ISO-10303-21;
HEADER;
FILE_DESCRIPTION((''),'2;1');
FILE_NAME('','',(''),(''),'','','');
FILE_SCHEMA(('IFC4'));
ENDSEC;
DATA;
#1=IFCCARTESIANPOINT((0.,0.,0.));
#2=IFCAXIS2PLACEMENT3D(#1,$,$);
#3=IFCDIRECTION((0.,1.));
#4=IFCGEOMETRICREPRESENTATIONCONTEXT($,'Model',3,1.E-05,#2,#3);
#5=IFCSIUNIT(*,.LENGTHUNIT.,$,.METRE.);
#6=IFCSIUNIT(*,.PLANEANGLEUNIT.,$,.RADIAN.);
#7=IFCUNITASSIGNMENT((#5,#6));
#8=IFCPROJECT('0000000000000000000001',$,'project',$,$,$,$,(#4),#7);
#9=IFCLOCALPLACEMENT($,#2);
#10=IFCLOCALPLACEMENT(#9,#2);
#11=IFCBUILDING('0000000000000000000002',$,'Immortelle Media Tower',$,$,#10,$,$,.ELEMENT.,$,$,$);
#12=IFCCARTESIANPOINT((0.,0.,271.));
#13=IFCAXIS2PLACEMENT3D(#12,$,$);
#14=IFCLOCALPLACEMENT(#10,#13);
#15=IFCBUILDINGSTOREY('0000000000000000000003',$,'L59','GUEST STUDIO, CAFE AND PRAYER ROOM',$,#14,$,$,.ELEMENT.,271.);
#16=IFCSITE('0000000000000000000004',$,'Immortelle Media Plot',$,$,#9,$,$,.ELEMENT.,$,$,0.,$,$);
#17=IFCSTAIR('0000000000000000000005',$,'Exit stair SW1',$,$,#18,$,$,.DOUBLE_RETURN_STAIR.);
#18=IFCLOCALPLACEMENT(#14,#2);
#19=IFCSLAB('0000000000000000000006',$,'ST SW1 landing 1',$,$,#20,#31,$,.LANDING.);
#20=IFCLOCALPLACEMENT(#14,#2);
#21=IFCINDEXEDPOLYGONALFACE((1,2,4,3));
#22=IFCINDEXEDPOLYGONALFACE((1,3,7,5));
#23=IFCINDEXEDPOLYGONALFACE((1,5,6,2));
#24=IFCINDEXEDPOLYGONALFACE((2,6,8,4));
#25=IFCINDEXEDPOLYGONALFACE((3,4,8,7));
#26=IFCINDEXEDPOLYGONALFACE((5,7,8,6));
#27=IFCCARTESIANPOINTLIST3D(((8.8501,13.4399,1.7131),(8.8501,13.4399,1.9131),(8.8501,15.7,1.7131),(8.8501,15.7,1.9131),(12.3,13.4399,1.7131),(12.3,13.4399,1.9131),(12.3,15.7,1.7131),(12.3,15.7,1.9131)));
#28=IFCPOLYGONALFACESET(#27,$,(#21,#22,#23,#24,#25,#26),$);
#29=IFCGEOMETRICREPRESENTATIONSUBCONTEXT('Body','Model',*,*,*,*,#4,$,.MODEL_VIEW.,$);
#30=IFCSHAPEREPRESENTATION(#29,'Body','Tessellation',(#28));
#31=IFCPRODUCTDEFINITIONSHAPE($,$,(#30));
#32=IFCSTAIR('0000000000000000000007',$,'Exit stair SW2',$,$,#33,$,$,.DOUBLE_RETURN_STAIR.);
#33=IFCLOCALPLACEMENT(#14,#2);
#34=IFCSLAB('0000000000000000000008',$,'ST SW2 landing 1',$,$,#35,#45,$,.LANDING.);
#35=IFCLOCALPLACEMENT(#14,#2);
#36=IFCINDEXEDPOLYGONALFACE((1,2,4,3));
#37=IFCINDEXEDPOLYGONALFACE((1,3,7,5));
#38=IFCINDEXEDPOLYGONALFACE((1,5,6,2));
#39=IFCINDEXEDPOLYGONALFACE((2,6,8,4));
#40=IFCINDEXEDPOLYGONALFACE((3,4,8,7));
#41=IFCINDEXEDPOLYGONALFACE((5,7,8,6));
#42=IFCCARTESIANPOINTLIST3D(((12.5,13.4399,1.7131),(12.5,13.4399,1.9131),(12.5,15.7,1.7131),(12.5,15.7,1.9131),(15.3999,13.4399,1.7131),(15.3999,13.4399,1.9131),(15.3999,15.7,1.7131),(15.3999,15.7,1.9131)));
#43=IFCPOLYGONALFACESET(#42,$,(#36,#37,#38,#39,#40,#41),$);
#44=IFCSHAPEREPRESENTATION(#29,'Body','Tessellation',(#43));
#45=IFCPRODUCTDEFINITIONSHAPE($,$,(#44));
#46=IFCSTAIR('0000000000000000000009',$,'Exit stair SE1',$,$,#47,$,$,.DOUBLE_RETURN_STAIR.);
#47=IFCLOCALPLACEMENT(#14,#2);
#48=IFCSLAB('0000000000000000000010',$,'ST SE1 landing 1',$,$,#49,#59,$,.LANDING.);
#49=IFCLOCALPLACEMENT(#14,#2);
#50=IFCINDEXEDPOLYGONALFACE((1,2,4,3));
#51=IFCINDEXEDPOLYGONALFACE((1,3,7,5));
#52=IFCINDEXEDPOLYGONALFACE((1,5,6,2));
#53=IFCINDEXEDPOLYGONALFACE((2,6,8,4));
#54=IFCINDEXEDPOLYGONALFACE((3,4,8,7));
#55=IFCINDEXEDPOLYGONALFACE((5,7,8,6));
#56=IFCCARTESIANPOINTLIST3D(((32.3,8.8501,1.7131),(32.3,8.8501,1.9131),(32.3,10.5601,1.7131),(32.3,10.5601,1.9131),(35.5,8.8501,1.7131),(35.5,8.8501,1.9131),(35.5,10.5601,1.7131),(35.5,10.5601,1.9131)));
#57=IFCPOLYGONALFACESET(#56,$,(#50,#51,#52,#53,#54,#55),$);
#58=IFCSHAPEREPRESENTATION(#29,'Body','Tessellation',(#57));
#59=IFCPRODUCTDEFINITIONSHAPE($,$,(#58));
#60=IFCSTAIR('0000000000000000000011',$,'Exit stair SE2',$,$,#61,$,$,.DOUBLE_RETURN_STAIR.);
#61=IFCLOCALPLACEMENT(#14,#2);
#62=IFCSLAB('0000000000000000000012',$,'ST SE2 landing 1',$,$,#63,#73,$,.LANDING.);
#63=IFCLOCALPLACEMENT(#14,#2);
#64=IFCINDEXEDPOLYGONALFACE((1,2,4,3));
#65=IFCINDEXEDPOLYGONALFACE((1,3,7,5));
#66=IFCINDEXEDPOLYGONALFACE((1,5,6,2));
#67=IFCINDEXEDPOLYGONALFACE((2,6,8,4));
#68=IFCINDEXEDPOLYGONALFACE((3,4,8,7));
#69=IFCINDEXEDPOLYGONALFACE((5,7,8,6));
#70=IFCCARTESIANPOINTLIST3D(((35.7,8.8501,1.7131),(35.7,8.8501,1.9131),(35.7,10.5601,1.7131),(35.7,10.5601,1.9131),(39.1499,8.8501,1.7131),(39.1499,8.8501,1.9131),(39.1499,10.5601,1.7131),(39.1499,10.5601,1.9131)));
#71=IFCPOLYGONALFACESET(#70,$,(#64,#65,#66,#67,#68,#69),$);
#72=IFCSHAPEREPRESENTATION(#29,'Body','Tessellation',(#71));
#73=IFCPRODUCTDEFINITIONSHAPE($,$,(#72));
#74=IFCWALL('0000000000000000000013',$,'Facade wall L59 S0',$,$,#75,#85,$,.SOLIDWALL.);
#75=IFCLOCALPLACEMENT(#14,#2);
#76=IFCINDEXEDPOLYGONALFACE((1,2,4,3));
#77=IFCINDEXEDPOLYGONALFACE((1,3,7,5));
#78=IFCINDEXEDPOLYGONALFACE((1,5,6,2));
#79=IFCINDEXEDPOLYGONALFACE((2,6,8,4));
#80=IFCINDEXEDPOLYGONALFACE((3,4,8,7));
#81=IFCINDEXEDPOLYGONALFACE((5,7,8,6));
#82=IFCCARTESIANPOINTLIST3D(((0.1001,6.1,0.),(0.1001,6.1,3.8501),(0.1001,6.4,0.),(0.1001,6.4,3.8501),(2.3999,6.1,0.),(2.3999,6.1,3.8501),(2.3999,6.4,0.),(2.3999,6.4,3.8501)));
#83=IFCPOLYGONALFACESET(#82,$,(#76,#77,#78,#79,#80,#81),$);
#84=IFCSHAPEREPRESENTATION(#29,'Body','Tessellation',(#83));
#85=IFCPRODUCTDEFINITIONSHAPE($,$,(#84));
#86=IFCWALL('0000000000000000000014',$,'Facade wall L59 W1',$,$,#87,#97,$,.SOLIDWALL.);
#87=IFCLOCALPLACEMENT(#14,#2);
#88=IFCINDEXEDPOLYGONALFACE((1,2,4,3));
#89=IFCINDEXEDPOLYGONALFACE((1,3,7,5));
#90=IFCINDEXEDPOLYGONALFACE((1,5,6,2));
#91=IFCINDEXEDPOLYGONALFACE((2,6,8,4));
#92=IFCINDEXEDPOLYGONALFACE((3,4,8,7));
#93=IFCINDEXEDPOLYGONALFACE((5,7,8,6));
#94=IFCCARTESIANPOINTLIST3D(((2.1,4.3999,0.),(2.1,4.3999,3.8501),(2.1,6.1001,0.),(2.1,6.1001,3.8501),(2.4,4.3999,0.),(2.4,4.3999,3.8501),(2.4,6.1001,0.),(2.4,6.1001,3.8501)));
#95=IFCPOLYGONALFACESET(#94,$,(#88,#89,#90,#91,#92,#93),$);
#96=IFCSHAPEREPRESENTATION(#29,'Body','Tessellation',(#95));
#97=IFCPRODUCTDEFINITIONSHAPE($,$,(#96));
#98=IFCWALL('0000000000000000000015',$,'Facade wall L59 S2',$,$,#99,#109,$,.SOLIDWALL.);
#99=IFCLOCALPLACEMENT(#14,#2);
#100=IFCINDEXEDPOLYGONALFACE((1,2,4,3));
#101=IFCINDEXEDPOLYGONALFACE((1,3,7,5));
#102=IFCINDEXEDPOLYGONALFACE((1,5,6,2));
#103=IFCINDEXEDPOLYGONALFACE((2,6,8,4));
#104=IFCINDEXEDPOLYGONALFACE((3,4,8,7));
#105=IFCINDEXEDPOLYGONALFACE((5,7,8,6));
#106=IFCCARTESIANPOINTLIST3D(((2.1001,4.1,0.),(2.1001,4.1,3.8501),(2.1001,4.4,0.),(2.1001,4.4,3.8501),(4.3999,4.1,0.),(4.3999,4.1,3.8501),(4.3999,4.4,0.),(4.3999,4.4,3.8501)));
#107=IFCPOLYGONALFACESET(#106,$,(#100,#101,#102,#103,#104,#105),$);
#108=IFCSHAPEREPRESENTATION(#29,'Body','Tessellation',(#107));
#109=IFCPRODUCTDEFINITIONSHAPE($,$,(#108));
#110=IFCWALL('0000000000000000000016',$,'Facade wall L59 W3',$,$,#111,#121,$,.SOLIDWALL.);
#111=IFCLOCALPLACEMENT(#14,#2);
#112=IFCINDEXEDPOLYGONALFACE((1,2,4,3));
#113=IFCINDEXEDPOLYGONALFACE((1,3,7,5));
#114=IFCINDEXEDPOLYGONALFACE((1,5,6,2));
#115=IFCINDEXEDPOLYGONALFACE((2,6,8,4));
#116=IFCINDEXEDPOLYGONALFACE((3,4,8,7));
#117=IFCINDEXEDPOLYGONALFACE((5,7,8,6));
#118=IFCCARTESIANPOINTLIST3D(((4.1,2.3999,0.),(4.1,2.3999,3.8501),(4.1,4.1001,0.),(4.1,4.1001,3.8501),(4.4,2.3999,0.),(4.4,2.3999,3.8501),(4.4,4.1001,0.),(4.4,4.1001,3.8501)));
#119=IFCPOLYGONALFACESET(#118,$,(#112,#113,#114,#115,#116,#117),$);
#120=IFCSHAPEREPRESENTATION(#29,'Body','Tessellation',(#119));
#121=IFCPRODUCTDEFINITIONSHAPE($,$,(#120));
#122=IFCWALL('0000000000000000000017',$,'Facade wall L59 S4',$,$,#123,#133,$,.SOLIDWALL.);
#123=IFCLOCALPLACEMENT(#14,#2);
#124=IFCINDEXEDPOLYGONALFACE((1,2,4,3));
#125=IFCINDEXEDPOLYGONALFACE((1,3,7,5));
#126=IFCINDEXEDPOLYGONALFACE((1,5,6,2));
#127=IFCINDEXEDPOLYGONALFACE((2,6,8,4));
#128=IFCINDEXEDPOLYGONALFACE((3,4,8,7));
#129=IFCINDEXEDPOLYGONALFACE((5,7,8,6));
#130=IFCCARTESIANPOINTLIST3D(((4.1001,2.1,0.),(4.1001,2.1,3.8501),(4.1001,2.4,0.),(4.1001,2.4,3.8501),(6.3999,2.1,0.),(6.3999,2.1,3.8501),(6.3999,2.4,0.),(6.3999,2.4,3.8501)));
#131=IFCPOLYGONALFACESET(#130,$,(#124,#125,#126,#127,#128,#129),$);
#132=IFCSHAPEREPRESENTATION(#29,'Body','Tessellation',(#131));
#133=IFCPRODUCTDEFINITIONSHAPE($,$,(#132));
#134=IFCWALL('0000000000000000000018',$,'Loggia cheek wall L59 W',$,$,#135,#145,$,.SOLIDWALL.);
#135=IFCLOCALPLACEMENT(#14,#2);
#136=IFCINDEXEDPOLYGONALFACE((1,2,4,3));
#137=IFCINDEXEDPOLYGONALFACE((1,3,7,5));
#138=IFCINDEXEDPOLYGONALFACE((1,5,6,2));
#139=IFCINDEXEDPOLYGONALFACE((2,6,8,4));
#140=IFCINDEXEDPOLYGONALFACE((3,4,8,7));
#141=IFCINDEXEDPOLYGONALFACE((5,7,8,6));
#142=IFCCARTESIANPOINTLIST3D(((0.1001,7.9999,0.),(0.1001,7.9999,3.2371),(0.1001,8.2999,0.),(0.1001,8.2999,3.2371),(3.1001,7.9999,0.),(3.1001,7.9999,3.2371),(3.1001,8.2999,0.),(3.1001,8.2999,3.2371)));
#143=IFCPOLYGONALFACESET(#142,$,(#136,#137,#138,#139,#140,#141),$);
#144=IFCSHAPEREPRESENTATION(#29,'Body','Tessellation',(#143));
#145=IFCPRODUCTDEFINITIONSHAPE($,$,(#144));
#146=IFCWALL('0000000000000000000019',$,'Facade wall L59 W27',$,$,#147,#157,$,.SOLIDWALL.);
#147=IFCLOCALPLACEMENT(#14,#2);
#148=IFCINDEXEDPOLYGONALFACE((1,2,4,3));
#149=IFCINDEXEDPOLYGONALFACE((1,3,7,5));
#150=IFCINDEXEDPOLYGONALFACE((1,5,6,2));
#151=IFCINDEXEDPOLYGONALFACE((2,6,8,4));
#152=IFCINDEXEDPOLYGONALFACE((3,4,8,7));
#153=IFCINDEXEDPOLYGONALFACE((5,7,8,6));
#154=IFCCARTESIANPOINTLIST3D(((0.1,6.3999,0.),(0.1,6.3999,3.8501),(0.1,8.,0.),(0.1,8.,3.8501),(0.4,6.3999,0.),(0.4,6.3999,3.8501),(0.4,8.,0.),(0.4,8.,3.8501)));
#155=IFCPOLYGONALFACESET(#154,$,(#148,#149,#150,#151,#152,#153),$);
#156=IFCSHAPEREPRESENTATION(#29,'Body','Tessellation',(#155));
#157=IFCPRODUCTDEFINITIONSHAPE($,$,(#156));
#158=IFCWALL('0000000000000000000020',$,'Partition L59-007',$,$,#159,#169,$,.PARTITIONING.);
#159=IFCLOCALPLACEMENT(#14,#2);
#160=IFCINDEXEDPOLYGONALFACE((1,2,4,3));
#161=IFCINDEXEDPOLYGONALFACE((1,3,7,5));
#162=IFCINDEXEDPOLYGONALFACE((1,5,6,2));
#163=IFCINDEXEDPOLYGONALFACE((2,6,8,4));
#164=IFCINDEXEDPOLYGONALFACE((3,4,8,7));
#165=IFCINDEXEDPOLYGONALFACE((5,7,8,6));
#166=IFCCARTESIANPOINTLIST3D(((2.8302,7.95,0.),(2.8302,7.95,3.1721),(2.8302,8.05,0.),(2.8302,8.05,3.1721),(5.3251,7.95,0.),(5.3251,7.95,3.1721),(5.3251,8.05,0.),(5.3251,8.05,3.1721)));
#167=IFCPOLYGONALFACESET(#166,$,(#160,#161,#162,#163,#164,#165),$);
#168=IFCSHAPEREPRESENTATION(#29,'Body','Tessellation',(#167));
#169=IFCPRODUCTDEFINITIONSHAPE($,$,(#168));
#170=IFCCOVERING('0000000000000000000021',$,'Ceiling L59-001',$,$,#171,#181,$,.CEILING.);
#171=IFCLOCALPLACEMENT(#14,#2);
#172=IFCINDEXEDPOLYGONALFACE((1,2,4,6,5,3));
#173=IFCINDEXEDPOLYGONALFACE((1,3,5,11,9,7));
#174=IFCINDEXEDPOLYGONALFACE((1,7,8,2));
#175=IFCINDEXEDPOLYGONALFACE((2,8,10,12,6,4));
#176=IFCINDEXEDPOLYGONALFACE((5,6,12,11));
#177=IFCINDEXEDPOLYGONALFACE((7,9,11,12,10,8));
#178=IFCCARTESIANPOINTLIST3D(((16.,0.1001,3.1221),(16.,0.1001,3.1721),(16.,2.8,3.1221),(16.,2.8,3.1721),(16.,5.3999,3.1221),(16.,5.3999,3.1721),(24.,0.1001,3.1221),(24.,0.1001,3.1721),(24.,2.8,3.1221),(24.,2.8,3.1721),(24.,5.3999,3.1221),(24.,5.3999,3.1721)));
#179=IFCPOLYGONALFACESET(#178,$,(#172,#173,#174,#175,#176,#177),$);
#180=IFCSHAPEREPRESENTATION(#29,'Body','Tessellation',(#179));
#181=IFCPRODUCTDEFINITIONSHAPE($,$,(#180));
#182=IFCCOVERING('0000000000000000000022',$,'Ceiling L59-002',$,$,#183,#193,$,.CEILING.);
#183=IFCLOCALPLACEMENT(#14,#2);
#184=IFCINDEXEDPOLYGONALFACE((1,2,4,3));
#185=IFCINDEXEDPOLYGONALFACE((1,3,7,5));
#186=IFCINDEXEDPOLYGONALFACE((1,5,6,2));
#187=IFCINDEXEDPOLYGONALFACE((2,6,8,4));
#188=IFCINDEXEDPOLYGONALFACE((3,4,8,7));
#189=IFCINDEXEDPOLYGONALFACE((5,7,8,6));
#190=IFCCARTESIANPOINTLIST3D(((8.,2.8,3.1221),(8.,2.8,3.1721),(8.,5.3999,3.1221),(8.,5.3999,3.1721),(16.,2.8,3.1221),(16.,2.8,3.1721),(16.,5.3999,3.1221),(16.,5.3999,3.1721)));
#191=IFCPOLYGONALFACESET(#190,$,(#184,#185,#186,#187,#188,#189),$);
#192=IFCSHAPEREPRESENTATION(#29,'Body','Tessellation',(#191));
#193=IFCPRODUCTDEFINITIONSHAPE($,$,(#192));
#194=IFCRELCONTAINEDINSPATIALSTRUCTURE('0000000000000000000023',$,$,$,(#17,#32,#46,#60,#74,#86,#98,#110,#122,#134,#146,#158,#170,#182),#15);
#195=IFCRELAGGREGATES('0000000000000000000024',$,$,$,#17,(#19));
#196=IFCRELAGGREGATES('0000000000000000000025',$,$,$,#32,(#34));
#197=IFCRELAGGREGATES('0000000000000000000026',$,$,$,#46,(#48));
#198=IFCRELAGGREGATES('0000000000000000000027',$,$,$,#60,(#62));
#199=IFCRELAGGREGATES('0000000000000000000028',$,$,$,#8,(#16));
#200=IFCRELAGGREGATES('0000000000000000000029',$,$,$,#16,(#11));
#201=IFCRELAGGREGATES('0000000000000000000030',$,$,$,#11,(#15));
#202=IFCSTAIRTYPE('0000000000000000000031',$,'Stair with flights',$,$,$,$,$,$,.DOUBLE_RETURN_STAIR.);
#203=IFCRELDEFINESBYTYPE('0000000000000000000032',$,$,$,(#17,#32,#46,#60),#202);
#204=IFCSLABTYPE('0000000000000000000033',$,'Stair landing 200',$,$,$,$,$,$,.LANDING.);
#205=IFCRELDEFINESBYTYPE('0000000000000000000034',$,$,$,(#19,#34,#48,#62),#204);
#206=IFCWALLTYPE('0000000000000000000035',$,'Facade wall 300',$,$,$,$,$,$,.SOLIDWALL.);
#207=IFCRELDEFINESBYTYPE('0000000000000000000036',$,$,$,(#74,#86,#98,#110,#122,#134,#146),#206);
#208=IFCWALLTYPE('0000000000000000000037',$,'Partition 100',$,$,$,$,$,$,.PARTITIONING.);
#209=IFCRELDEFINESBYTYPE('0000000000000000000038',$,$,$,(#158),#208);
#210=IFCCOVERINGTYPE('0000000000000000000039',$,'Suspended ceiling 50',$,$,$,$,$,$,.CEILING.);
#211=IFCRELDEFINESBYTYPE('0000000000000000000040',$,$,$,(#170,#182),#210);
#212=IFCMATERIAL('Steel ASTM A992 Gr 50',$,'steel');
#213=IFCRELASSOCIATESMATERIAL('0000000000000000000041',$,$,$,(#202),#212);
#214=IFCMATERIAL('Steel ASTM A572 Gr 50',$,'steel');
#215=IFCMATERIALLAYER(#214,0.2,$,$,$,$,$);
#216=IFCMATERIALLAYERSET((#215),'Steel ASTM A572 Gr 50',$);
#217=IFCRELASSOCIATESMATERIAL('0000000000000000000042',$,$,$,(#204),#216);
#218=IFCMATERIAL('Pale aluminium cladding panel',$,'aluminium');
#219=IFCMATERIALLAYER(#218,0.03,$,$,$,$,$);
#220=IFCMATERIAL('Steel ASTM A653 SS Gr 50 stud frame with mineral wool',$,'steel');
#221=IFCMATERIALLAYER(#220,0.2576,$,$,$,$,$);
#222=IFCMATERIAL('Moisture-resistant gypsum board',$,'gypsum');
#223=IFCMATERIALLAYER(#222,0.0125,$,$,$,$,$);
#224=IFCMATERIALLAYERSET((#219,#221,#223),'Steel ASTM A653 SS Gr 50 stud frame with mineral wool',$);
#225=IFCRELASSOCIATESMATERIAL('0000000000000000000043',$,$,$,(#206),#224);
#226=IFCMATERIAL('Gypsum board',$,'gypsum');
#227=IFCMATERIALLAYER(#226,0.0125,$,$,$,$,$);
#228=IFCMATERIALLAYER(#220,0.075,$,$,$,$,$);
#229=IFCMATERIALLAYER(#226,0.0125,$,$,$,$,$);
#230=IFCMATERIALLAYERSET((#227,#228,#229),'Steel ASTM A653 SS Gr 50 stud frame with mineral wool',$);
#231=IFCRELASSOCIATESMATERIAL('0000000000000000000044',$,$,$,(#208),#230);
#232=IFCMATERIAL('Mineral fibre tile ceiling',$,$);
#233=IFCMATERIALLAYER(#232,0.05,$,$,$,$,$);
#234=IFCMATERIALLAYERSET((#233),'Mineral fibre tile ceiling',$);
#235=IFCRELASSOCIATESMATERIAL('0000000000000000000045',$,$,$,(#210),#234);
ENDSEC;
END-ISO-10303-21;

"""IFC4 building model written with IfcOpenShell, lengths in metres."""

from ifc_helpers import new_model, si_unit, direction, frame, frame_2d, origin, place, context, subcontext, project, spatial, polyline, rectangle, outline, extrude, material, layer, layer_set, type_object, element, aggregate, save


model = new_model("IFC4")

# Units and contexts
model_context = context("Model", 3, precision=1e-05, world=origin(), true_north=direction((0.0, 1.0)))
body_context = subcontext(model_context, "Body", "Model", "MODEL_VIEW")
ifc_project = project(units=[si_unit("LENGTHUNIT", "METRE"), si_unit("PLANEANGLEUNIT", "RADIAN")], contexts=[model_context])

# Site, building, storey
site_placement = place(None, origin())
site = spatial("IfcSite", under=ifc_project, at=site_placement, Name="Immortelle Media Plot", CompositionType="ELEMENT", RefElevation=0.0)
building_placement = place(site_placement, origin())
building = spatial("IfcBuilding", under=site, at=building_placement, Name="Immortelle Media Tower", CompositionType="ELEMENT")
storey_placement = place(building_placement, frame((0.0, 0.0, 271.0)))
storey = spatial("IfcBuildingStorey", under=building, at=storey_placement, Name="L59", Description="GUEST STUDIO, CAFE AND PRAYER ROOM", CompositionType="ELEMENT", Elevation=271.0)

# Shared definitions
ifc_material_1 = material(Name="Steel ASTM A992 Gr 50", Category="steel")

# Stairs, slabs
stair_type = type_object("IfcStairType", Name="Stair with flights", PredefinedType="DOUBLE_RETURN_STAIR", material=ifc_material_1)
stair_1_placement = place(storey_placement, origin())
stair_1 = element("IfcStair", 1, at=stair_1_placement, inside=storey, type_object=stair_type, Name="Exit stair SW1", PredefinedType="DOUBLE_RETURN_STAIR")
ifc_material_2 = material(Name="Steel ASTM A572 Gr 50", Category="steel")
ifc_layer_1 = layer(ifc_material_2, 0.2)
ifc_layer_set_1 = layer_set([ifc_layer_1], Name="Steel ASTM A572 Gr 50")
slab_type_1 = type_object("IfcSlabType", Name="Stair landing 200", PredefinedType="LANDING", material=ifc_layer_set_1)
slab_1_placement = place(storey_placement, frame((0.0, 0.0, 1.7131)))
slab_1 = element("IfcSlab", 2, at=slab_1_placement, type_object=slab_type_1, Name="ST SW1 landing 1", PredefinedType="LANDING", context=body_context, shape_type="SweptSolid", body=[
    extrude(outline(polyline([(8.8501, 13.4399), (12.3, 13.4399), (12.3, 15.7), (8.8501, 15.7), (8.8501, 13.4399)])), origin(), (0.0, 0.0, 1.0), 0.2),
])
aggregate(stair_1, [slab_1])
stair_2_placement = place(storey_placement, origin())
stair_2 = element("IfcStair", 3, at=stair_2_placement, inside=storey, type_object=stair_type, Name="Exit stair SW2", PredefinedType="DOUBLE_RETURN_STAIR")
slab_2_placement = place(storey_placement, frame((0.0, 0.0, 1.7131)))
slab_2 = element("IfcSlab", 4, at=slab_2_placement, type_object=slab_type_1, Name="ST SW2 landing 1", PredefinedType="LANDING", context=body_context, shape_type="SweptSolid", body=[
    extrude(outline(polyline([(12.5, 13.4399), (15.3999, 13.4399), (15.3999, 15.7), (12.5, 15.7), (12.5, 13.4399)])), origin(), (0.0, 0.0, 1.0), 0.2),
])
aggregate(stair_2, [slab_2])
stair_3_placement = place(storey_placement, origin())
stair_3 = element("IfcStair", 5, at=stair_3_placement, inside=storey, type_object=stair_type, Name="Exit stair SE1", PredefinedType="DOUBLE_RETURN_STAIR")
slab_3_placement = place(storey_placement, frame((0.0, 0.0, 1.7131)))
slab_3 = element("IfcSlab", 6, at=slab_3_placement, type_object=slab_type_1, Name="ST SE1 landing 1", PredefinedType="LANDING", context=body_context, shape_type="SweptSolid", body=[
    extrude(outline(polyline([(32.3, 8.8501), (35.5, 8.8501), (35.5, 10.5601), (32.3, 10.5601), (32.3, 8.8501)])), origin(), (0.0, 0.0, 1.0), 0.2),
])
aggregate(stair_3, [slab_3])
stair_4_placement = place(storey_placement, origin())
stair_4 = element("IfcStair", 7, at=stair_4_placement, inside=storey, type_object=stair_type, Name="Exit stair SE2", PredefinedType="DOUBLE_RETURN_STAIR")
slab_4_placement = place(storey_placement, frame((0.0, 0.0, 1.7131)))
slab_4 = element("IfcSlab", 8, at=slab_4_placement, type_object=slab_type_1, Name="ST SE2 landing 1", PredefinedType="LANDING", context=body_context, shape_type="SweptSolid", body=[
    extrude(outline(polyline([(35.7, 8.8501), (39.1499, 8.8501), (39.1499, 10.5601), (35.7, 10.5601), (35.7, 8.8501)])), origin(), (0.0, 0.0, 1.0), 0.2),
])
aggregate(stair_4, [slab_4])

# Walls
ifc_material_3 = material(Name="Pale aluminium cladding panel", Category="aluminium")
ifc_layer_2 = layer(ifc_material_3, 0.03)
ifc_material_4 = material(Name="Steel ASTM A653 SS Gr 50 stud frame with mineral wool", Category="steel")
ifc_layer_3 = layer(ifc_material_4, 0.2576)
ifc_material_5 = material(Name="Moisture-resistant gypsum board", Category="gypsum")
ifc_layer_4 = layer(ifc_material_5, 0.0125)
ifc_layer_set_2 = layer_set([ifc_layer_2, ifc_layer_3, ifc_layer_4], Name="Steel ASTM A653 SS Gr 50 stud frame with mineral wool")
wall_type_1 = type_object("IfcWallType", Name="Facade wall 300", PredefinedType="SOLIDWALL", material=ifc_layer_set_2)
wall_1_placement = place(storey_placement, frame((0.1001, 6.25, 0.0), z_axis=(0.0, 0.0, 1.0), x_axis=(1.0, 0.0, 0.0)))
element("IfcWall", 9, at=wall_1_placement, inside=storey, type_object=wall_type_1, Name="Facade wall L59 S0", PredefinedType="SOLIDWALL", context=body_context, shape_type="SweptSolid", body=[
    extrude(rectangle(XDim=2.2998, YDim=0.3, at=frame_2d((1.1499, 0.0))), origin(), (0.0, 0.0, 1.0), 3.8501),
])
wall_2_placement = place(storey_placement, frame((2.25, 6.1001, 0.0), z_axis=(0.0, 0.0, 1.0), x_axis=(0.0, -1.0, 0.0)))
element("IfcWall", 10, at=wall_2_placement, inside=storey, type_object=wall_type_1, Name="Facade wall L59 W1", PredefinedType="SOLIDWALL", context=body_context, shape_type="SweptSolid", body=[
    extrude(rectangle(XDim=1.7002, YDim=0.3, at=frame_2d((0.8501, 0.0))), origin(), (0.0, 0.0, 1.0), 3.8501),
])
wall_3_placement = place(storey_placement, frame((2.1001, 4.25, 0.0), z_axis=(0.0, 0.0, 1.0), x_axis=(1.0, 0.0, 0.0)))
element("IfcWall", 11, at=wall_3_placement, inside=storey, type_object=wall_type_1, Name="Facade wall L59 S2", PredefinedType="SOLIDWALL", context=body_context, shape_type="SweptSolid", body=[
    extrude(rectangle(XDim=2.2998, YDim=0.3, at=frame_2d((1.1499, 0.0))), origin(), (0.0, 0.0, 1.0), 3.8501),
])
wall_4_placement = place(storey_placement, frame((4.25, 4.1001, 0.0), z_axis=(0.0, 0.0, 1.0), x_axis=(0.0, -1.0, 0.0)))
element("IfcWall", 12, at=wall_4_placement, inside=storey, type_object=wall_type_1, Name="Facade wall L59 W3", PredefinedType="SOLIDWALL", context=body_context, shape_type="SweptSolid", body=[
    extrude(rectangle(XDim=1.7002, YDim=0.3, at=frame_2d((0.8501, 0.0))), origin(), (0.0, 0.0, 1.0), 3.8501),
])
wall_5_placement = place(storey_placement, frame((4.1001, 2.25, 0.0), z_axis=(0.0, 0.0, 1.0), x_axis=(1.0, 0.0, 0.0)))
element("IfcWall", 13, at=wall_5_placement, inside=storey, type_object=wall_type_1, Name="Facade wall L59 S4", PredefinedType="SOLIDWALL", context=body_context, shape_type="SweptSolid", body=[
    extrude(rectangle(XDim=2.2998, YDim=0.3, at=frame_2d((1.1499, 0.0))), origin(), (0.0, 0.0, 1.0), 3.8501),
])
wall_6_placement = place(storey_placement, frame((0.1001, 8.1499, 0.0), z_axis=(0.0, 0.0, 1.0), x_axis=(1.0, 0.0, 0.0)))
element("IfcWall", 14, at=wall_6_placement, inside=storey, type_object=wall_type_1, Name="Loggia cheek wall L59 W", PredefinedType="SOLIDWALL", context=body_context, shape_type="SweptSolid", body=[
    extrude(rectangle(XDim=3.0, YDim=0.3, at=frame_2d((1.5, 0.0))), origin(), (0.0, 0.0, 1.0), 3.2371),
])
wall_7_placement = place(storey_placement, frame((0.25, 8.0, 0.0), z_axis=(0.0, 0.0, 1.0), x_axis=(0.0, -1.0, 0.0)))
element("IfcWall", 15, at=wall_7_placement, inside=storey, type_object=wall_type_1, Name="Facade wall L59 W27", PredefinedType="SOLIDWALL", context=body_context, shape_type="SweptSolid", body=[
    extrude(rectangle(XDim=1.6001, YDim=0.3, at=frame_2d((0.8, 0.0))), origin(), (0.0, 0.0, 1.0), 3.8501),
])
ifc_material_6 = material(Name="Gypsum board", Category="gypsum")
ifc_layer_5 = layer(ifc_material_6, 0.0125)
ifc_layer_6 = layer(ifc_material_4, 0.075)
ifc_layer_7 = layer(ifc_material_6, 0.0125)
ifc_layer_set_3 = layer_set([ifc_layer_5, ifc_layer_6, ifc_layer_7], Name="Steel ASTM A653 SS Gr 50 stud frame with mineral wool")
wall_type_2 = type_object("IfcWallType", Name="Partition 100", PredefinedType="PARTITIONING", material=ifc_layer_set_3)
wall_8_placement = place(storey_placement, frame((2.8301, 8.0, 0.0), z_axis=(0.0, 0.0, 1.0), x_axis=(1.0, 0.0, 0.0)))
element("IfcWall", 16, at=wall_8_placement, inside=storey, type_object=wall_type_2, Name="Partition L59-007", PredefinedType="PARTITIONING", context=body_context, shape_type="SweptSolid", body=[
    extrude(rectangle(XDim=2.4949, YDim=0.1001, at=frame_2d((1.2476, 0.0))), origin(), (0.0, 0.0, 1.0), 3.1721),
])

# Coverings
ifc_material_7 = material(Name="Mineral fibre tile ceiling")
ifc_layer_8 = layer(ifc_material_7, 0.05)
ifc_layer_set_4 = layer_set([ifc_layer_8], Name="Mineral fibre tile ceiling")
covering_type = type_object("IfcCoveringType", Name="Suspended ceiling 50", PredefinedType="CEILING", material=ifc_layer_set_4)
covering_1_placement = place(storey_placement, frame((0.0, 0.0, 3.1221)))
element("IfcCovering", 17, at=covering_1_placement, inside=storey, type_object=covering_type, Name="Ceiling L59-001", PredefinedType="CEILING", context=body_context, shape_type="SweptSolid", body=[
    extrude(outline(polyline([(16.0, 0.1001), (16.0, 2.8), (16.0, 5.3999), (24.0, 5.3999), (24.0, 2.8), (24.0, 0.1001), (16.0, 0.1001)])), origin(), (0.0, 0.0, 1.0), 0.05),
])
covering_2_placement = place(storey_placement, frame((0.0, 0.0, 3.1221)))
element("IfcCovering", 18, at=covering_2_placement, inside=storey, type_object=covering_type, Name="Ceiling L59-002", PredefinedType="CEILING", context=body_context, shape_type="SweptSolid", body=[
    extrude(outline(polyline([(8.0, 2.8), (8.0, 5.3999), (16.0, 5.3999), (16.0, 2.8), (8.0, 2.8)])), origin(), (0.0, 0.0, 1.0), 0.05),
])

save(model, "model.ifc")
